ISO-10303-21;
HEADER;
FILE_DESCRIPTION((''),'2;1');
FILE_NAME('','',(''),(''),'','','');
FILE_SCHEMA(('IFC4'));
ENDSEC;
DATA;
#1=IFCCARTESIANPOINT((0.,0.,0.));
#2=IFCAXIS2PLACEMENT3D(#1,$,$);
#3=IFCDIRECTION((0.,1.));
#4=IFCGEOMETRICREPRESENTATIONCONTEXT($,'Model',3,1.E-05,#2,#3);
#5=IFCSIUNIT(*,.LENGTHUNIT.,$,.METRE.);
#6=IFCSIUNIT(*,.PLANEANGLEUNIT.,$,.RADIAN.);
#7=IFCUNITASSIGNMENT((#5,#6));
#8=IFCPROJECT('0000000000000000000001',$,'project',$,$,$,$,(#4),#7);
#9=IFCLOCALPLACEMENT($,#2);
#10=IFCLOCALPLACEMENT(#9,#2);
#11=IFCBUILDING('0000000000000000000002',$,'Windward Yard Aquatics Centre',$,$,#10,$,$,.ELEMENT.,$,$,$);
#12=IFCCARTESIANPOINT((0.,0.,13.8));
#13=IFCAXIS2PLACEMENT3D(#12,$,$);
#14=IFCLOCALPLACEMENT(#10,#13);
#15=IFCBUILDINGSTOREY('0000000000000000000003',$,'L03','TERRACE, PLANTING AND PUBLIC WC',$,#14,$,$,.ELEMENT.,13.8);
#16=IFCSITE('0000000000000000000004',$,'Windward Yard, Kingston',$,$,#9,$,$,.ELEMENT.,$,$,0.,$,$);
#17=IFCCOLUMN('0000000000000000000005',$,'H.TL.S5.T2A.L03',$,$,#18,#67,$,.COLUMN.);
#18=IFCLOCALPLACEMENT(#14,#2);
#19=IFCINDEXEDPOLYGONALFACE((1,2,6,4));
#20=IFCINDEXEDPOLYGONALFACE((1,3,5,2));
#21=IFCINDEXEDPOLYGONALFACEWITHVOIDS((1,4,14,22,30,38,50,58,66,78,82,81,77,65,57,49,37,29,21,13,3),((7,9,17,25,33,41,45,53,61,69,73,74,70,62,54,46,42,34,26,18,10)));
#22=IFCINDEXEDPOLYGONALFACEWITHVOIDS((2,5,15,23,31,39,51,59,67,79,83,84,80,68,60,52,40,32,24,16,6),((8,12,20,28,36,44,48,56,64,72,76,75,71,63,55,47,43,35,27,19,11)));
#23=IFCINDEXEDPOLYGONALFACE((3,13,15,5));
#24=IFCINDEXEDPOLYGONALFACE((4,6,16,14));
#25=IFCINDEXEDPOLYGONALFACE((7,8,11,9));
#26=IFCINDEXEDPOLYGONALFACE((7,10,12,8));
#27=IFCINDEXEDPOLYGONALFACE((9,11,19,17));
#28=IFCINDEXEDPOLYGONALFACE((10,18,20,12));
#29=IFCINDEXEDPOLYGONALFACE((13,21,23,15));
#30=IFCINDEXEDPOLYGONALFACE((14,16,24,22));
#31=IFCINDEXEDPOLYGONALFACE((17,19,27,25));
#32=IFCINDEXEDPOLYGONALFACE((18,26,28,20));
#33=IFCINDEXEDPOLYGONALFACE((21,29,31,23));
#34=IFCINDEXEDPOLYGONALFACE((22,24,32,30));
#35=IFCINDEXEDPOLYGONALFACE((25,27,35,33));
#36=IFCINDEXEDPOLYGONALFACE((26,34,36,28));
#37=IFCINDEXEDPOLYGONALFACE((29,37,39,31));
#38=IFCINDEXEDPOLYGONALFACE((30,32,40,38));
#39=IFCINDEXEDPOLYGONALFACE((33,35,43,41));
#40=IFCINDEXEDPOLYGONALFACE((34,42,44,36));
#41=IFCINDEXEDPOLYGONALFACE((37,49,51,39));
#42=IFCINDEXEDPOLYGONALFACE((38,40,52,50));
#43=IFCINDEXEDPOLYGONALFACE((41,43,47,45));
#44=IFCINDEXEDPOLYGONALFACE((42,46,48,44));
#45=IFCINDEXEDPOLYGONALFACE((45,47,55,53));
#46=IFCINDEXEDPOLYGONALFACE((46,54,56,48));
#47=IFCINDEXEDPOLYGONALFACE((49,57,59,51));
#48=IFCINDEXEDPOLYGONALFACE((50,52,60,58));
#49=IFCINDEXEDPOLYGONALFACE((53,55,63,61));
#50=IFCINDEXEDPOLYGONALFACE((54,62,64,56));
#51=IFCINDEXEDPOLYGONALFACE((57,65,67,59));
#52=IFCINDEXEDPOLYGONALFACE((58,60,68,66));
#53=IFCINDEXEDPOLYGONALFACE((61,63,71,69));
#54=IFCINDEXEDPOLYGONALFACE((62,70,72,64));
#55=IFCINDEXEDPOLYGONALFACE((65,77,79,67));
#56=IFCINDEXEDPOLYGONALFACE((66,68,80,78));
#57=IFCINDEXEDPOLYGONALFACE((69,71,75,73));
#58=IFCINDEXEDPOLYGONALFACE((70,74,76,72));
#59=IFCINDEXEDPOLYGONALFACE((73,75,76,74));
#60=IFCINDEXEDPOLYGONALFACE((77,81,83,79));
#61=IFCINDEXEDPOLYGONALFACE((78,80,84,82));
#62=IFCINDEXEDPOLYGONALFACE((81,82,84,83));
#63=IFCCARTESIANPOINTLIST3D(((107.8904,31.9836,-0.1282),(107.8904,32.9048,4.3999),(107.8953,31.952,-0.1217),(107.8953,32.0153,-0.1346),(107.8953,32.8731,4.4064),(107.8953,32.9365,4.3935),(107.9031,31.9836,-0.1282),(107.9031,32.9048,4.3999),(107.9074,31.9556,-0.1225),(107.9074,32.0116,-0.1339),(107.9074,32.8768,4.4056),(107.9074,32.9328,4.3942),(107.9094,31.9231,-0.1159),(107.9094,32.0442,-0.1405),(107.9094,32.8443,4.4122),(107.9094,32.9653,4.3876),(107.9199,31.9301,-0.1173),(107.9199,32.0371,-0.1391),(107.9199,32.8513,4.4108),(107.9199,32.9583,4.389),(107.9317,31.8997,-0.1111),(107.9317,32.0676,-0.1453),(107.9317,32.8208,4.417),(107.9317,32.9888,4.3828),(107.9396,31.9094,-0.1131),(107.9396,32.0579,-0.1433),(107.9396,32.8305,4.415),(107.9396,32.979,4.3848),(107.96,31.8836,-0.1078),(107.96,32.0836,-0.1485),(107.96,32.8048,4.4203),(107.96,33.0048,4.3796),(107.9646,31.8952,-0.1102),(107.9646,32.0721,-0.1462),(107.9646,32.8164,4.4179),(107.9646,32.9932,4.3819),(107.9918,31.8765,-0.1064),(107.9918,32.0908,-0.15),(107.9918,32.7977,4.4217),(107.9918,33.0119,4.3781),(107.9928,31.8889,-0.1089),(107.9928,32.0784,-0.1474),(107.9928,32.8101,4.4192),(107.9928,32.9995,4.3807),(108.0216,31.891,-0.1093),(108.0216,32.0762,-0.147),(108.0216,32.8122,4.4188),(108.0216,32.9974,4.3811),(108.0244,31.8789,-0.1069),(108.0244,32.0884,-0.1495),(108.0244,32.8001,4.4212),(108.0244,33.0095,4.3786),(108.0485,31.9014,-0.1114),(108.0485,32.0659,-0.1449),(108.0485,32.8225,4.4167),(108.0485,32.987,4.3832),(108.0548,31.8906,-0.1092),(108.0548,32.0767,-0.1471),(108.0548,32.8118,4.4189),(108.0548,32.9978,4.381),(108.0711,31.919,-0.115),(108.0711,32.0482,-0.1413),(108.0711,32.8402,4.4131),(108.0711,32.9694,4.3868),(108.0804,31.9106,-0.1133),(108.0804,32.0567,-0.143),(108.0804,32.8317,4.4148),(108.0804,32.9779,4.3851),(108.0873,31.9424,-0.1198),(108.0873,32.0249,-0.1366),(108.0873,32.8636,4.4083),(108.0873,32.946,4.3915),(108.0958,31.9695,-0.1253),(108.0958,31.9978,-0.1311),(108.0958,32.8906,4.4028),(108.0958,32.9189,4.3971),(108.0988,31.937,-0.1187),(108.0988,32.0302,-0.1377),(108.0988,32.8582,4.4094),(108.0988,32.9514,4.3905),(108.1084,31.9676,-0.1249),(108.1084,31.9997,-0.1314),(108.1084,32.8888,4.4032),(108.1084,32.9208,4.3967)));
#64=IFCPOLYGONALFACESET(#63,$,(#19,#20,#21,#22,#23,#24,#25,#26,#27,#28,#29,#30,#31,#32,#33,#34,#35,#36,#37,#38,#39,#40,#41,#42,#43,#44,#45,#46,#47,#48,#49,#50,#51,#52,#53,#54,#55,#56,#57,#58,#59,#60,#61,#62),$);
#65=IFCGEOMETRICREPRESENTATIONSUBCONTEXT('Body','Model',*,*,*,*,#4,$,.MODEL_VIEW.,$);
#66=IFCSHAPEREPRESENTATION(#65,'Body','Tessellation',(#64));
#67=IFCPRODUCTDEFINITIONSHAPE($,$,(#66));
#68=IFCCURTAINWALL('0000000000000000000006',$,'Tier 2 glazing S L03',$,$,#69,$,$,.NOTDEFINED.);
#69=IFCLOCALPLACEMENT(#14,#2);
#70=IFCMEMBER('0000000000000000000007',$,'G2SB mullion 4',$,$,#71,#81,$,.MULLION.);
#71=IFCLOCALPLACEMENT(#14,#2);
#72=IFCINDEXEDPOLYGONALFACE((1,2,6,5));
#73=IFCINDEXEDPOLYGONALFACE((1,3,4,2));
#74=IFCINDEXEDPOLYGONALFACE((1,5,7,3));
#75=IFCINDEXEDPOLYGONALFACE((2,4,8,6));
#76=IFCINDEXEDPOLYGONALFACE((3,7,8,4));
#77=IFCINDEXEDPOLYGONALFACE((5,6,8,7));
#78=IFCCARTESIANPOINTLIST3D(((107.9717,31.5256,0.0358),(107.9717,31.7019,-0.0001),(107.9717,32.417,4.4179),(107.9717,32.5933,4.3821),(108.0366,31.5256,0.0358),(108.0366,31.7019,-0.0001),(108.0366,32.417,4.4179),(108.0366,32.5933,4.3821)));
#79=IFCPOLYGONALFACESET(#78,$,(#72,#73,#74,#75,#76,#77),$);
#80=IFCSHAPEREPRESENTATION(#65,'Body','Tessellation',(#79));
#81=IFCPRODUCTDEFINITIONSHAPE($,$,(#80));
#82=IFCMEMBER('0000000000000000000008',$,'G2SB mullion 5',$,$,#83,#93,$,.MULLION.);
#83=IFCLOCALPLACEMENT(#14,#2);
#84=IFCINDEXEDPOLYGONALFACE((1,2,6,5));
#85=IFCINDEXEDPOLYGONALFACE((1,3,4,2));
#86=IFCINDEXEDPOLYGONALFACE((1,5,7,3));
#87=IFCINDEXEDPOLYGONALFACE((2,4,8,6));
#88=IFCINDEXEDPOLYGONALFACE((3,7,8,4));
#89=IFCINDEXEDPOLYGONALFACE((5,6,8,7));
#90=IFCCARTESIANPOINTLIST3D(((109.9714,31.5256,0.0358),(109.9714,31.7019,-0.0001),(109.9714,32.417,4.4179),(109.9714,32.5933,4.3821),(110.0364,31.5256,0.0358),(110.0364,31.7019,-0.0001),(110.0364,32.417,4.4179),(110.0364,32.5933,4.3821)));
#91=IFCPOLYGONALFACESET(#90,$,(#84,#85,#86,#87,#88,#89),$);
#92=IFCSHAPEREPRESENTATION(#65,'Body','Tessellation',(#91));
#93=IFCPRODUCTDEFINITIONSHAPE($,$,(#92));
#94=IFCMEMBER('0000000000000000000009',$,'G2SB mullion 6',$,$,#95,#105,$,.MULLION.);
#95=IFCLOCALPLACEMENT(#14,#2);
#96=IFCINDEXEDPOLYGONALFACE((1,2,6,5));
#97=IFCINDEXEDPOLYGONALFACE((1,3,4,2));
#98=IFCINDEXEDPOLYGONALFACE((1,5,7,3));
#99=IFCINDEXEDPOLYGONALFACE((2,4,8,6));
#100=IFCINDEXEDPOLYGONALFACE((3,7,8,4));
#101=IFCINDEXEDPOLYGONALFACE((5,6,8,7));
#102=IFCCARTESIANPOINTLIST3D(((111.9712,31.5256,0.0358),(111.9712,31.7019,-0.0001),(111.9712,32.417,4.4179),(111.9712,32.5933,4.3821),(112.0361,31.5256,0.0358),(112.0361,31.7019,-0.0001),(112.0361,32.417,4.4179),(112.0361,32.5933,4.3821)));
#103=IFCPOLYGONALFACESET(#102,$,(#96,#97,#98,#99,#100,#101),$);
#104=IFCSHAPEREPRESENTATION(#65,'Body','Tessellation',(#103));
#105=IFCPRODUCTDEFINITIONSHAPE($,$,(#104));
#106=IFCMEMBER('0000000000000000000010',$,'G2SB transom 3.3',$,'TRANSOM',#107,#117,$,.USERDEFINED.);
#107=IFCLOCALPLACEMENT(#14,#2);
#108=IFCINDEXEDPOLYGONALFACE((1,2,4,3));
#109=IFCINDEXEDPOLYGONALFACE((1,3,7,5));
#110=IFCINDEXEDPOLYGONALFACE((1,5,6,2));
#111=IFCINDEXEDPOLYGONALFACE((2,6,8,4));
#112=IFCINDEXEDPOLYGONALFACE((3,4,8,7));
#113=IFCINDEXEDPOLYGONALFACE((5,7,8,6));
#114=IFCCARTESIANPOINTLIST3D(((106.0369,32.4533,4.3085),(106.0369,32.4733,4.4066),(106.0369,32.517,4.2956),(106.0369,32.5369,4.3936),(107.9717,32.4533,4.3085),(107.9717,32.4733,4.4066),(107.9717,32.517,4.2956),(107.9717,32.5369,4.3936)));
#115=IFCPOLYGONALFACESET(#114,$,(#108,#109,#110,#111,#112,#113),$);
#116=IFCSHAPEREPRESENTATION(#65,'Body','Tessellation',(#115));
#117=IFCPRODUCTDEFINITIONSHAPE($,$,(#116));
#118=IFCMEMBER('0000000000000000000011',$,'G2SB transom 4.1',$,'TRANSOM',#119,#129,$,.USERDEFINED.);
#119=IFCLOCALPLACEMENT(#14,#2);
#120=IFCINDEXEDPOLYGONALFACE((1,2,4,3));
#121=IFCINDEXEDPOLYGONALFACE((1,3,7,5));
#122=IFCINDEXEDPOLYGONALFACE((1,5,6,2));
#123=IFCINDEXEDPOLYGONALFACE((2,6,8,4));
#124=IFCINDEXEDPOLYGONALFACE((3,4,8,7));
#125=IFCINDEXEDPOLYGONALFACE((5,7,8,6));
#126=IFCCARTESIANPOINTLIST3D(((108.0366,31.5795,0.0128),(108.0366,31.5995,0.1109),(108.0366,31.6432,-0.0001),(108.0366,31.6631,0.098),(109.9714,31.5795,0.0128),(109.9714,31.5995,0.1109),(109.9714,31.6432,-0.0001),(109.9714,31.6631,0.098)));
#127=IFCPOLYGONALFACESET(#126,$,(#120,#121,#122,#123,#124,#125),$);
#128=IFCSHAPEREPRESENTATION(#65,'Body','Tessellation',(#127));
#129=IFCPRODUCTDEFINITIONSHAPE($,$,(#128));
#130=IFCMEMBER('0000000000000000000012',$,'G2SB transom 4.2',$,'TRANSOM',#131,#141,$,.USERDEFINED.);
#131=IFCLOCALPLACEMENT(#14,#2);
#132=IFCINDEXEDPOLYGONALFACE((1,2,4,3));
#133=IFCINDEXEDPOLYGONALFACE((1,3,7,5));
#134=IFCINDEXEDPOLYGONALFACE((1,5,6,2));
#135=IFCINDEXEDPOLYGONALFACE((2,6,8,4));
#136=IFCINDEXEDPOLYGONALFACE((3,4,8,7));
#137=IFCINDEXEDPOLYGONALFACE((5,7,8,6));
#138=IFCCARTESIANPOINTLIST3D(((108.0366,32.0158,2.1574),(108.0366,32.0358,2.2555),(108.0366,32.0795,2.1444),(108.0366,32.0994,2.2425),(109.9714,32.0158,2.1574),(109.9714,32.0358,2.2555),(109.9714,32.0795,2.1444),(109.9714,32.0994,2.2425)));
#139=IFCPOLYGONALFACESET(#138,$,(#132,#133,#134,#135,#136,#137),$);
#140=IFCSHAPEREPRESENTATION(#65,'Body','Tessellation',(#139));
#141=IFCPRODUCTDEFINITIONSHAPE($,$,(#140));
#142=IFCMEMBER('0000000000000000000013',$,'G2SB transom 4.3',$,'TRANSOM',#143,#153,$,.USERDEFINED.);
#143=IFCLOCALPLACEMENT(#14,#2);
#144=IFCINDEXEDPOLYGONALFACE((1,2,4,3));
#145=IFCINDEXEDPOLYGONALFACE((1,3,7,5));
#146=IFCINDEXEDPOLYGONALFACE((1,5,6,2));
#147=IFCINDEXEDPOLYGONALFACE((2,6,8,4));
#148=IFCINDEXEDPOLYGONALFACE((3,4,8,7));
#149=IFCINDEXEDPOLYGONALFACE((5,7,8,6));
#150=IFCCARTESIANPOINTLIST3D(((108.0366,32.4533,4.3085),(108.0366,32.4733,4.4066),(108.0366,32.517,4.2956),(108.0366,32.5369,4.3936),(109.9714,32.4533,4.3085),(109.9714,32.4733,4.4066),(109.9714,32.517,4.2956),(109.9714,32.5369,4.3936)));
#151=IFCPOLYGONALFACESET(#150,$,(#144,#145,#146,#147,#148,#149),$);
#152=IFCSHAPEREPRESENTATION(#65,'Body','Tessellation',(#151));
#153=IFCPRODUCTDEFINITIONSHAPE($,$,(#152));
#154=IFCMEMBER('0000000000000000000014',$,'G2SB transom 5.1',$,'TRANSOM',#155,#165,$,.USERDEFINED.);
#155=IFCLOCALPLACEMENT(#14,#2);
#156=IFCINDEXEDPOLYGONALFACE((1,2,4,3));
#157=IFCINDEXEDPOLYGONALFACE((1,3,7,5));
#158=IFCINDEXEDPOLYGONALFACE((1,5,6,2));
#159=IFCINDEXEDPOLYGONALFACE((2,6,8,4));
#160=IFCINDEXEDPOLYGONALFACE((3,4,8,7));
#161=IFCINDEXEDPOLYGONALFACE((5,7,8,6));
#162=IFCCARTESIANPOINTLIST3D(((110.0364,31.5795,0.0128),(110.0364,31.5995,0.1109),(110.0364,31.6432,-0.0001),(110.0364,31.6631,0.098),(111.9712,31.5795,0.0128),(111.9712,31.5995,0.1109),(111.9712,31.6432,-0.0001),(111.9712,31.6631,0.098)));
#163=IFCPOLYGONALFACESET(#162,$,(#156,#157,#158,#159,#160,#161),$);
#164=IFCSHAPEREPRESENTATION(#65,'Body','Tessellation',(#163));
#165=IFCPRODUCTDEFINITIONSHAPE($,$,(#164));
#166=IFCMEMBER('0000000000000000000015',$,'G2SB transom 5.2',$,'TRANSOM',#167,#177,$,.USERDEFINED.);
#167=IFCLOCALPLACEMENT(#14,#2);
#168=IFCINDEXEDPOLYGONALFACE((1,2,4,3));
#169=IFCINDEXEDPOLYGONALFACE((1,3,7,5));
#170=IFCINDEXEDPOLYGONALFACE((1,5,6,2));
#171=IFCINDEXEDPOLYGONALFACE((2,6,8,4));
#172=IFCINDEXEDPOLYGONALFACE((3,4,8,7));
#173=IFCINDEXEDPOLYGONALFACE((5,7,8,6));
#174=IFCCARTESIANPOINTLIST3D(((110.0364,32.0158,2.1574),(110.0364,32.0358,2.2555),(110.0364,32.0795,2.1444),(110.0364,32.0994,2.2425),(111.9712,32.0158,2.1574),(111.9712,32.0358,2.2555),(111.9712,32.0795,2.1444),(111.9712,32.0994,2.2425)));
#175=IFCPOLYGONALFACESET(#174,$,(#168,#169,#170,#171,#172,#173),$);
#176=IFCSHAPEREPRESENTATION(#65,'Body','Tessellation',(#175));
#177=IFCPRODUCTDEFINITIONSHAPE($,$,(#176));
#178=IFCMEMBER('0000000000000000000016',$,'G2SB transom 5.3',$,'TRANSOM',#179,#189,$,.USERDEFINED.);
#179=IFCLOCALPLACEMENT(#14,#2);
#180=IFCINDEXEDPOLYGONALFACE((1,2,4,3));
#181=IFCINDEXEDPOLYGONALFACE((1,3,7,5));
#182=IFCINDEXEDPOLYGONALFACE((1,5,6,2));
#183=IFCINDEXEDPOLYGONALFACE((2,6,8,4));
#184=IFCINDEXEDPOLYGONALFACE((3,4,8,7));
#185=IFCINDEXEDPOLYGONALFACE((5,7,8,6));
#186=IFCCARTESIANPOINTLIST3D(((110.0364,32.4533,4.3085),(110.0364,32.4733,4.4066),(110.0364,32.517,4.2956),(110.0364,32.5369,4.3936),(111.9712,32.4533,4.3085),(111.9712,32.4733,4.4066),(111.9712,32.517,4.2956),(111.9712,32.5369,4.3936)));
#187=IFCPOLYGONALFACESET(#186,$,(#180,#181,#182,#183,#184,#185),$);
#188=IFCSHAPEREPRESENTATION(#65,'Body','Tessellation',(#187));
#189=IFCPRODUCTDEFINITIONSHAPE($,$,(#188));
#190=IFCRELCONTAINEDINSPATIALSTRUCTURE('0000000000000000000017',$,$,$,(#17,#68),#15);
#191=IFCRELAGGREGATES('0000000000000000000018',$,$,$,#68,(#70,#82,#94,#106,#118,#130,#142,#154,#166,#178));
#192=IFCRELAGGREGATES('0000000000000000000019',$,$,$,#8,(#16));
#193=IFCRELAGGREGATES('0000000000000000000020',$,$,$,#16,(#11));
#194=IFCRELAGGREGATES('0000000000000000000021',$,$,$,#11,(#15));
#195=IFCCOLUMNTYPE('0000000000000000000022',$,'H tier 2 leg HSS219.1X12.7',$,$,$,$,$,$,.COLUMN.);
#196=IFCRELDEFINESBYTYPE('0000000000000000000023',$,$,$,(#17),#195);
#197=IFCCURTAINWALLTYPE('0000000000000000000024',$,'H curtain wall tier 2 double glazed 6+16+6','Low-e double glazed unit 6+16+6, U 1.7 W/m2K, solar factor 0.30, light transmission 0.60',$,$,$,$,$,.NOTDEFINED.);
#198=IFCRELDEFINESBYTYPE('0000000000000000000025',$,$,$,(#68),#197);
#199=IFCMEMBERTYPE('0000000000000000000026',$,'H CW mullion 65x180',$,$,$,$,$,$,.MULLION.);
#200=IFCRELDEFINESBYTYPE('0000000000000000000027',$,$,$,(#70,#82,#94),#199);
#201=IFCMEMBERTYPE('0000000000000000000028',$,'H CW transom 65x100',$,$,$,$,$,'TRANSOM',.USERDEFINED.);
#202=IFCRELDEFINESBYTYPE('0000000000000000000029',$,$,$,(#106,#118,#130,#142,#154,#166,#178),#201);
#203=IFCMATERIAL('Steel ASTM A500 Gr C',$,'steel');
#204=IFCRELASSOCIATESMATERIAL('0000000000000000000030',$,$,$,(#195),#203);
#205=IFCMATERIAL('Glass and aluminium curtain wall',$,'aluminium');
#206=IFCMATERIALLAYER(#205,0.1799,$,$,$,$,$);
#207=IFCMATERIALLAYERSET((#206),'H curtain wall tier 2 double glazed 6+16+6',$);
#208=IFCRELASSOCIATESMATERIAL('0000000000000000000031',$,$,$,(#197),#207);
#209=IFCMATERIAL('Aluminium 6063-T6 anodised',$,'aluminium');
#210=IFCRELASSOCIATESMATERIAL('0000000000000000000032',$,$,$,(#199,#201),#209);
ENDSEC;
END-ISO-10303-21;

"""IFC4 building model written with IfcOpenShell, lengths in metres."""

from ifc_helpers import new_model, si_unit, direction, frame, origin, origin_2d, place, context, subcontext, project, spatial, rectangle, hollow_circle, extrude, material, layer, layer_set, material_profile, profile_set, type_object, element, aggregate, save


model = new_model("IFC4")

# Units and contexts
model_context = context("Model", 3, precision=1e-05, world=origin(), true_north=direction((0.0, 1.0)))
body_context = subcontext(model_context, "Body", "Model", "MODEL_VIEW")
ifc_project = project(units=[si_unit("LENGTHUNIT", "METRE"), si_unit("PLANEANGLEUNIT", "RADIAN")], contexts=[model_context])

# Site, building, storey
site_placement = place(None, origin())
site = spatial("IfcSite", under=ifc_project, at=site_placement, Name="Windward Yard, Kingston", CompositionType="ELEMENT", RefElevation=0.0)
building_placement = place(site_placement, origin())
building = spatial("IfcBuilding", under=site, at=building_placement, Name="Windward Yard Aquatics Centre", CompositionType="ELEMENT")
storey_placement = place(building_placement, frame((0.0, 0.0, 13.8)))
storey = spatial("IfcBuildingStorey", under=building, at=storey_placement, Name="L03", Description="TERRACE, PLANTING AND PUBLIC WC", CompositionType="ELEMENT", Elevation=13.8)

# Column
ifc_material_1 = material(Name="Steel ASTM A500 Gr C", Category="steel")
ifc_material_profile_1 = material_profile(ifc_material_1, hollow_circle(Radius=0.1096, WallThickness=0.0127, at=origin_2d()), Name="HSS219.1X12.7")
ifc_profile_set_1 = profile_set([ifc_material_profile_1], Name="Steel ASTM A500 Gr C")
column_type = type_object("IfcColumnType", Name="H tier 2 leg HSS219.1X12.7", PredefinedType="COLUMN", material=ifc_profile_set_1)
column_placement = place(storey_placement, frame((108.0, 31.9836, -0.1282), z_axis=(0.0, 0.199346, 0.979929), x_axis=(-1.0, 0.0, 0.0)))
element("IfcColumn", 1, at=column_placement, inside=storey, type_object=column_type, Name="H.TL.S5.T2A.L03", PredefinedType="COLUMN", context=body_context, shape_type="SweptSolid", body=[
    extrude(hollow_circle(Radius=0.1096, WallThickness=0.0127, at=origin_2d()), origin(), (0.0, 0.0, 1.0), 4.6208),
])

# Curtain wall, members
ifc_material_2 = material(Name="Glass and aluminium curtain wall", Category="aluminium")
ifc_layer_1 = layer(ifc_material_2, 0.1799)
ifc_layer_set_1 = layer_set([ifc_layer_1], Name="H curtain wall tier 2 double glazed 6+16+6")
curtain_wall_type = type_object("IfcCurtainWallType", Name="H curtain wall tier 2 double glazed 6+16+6", Description="Low-e double glazed unit 6+16+6, U 1.7 W/m2K, solar factor 0.30, light transmission 0.60", PredefinedType="NOTDEFINED", material=ifc_layer_set_1)
curtain_wall_placement = place(storey_placement, origin())
curtain_wall = element("IfcCurtainWall", 2, at=curtain_wall_placement, inside=storey, type_object=curtain_wall_type, Name="Tier 2 glazing S L03", PredefinedType="NOTDEFINED")
ifc_material_3 = material(Name="Aluminium 6063-T6 anodised", Category="aluminium")
ifc_material_profile_2 = material_profile(ifc_material_3, rectangle(XDim=0.0649, YDim=0.1799, at=origin_2d()), Name="H CW mullion 65x180")
ifc_profile_set_2 = profile_set([ifc_material_profile_2], Name="Aluminium 6063-T6 anodised")
member_type_1 = type_object("IfcMemberType", Name="H CW mullion 65x180", PredefinedType="MULLION", material=ifc_profile_set_2)
member_1_placement = place(storey_placement, frame((108.0042, 31.6138, 0.0178), z_axis=(0.0, 0.199328, 0.979933), x_axis=(-1.0, 0.0, 0.0)))
member_1 = element("IfcMember", 3, at=member_1_placement, type_object=member_type_1, Name="G2SB mullion 4", PredefinedType="MULLION", context=body_context, shape_type="SweptSolid", body=[
    extrude(rectangle(XDim=0.0649, YDim=0.1799, at=origin_2d()), origin(), (0.0, 0.0, 1.0), 4.4719),
])
member_2_placement = place(storey_placement, frame((110.0039, 31.6138, 0.0178), z_axis=(0.0, 0.199328, 0.979933), x_axis=(-1.0, 0.0, 0.0)))
member_2 = element("IfcMember", 4, at=member_2_placement, type_object=member_type_1, Name="G2SB mullion 5", PredefinedType="MULLION", context=body_context, shape_type="SweptSolid", body=[
    extrude(rectangle(XDim=0.0649, YDim=0.1799, at=origin_2d()), origin(), (0.0, 0.0, 1.0), 4.4719),
])
member_3_placement = place(storey_placement, frame((112.0037, 31.6138, 0.0178), z_axis=(0.0, 0.199328, 0.979933), x_axis=(-1.0, 0.0, 0.0)))
member_3 = element("IfcMember", 5, at=member_3_placement, type_object=member_type_1, Name="G2SB mullion 6", PredefinedType="MULLION", context=body_context, shape_type="SweptSolid", body=[
    extrude(rectangle(XDim=0.0649, YDim=0.1799, at=origin_2d()), origin(), (0.0, 0.0, 1.0), 4.4719),
])
ifc_material_profile_3 = material_profile(ifc_material_3, rectangle(XDim=0.0649, YDim=0.1001, at=origin_2d()), Name="H CW transom 65x100")
ifc_profile_set_3 = profile_set([ifc_material_profile_3], Name="Aluminium 6063-T6 anodised")
member_type_2 = type_object("IfcMemberType", Name="H CW transom 65x100", ElementType="TRANSOM", PredefinedType="USERDEFINED", material=ifc_profile_set_3)
member_4_placement = place(storey_placement, frame((106.0369, 32.4951, 4.3511), z_axis=(1.0, 0.0, 0.0), x_axis=(0.0, -0.979925, 0.199368)))
member_4 = element("IfcMember", 6, at=member_4_placement, type_object=member_type_2, Name="G2SB transom 3.3", ObjectType="TRANSOM", PredefinedType="USERDEFINED", context=body_context, shape_type="SweptSolid", body=[
    extrude(rectangle(XDim=0.0649, YDim=0.1001, at=origin_2d()), origin(), (0.0, 0.0, 1.0), 1.9348),
])
member_5_placement = place(storey_placement, frame((108.0366, 31.6213, 0.0554), z_axis=(1.0, 0.0, 0.0), x_axis=(0.0, -0.979925, 0.199368)))
member_5 = element("IfcMember", 7, at=member_5_placement, type_object=member_type_2, Name="G2SB transom 4.1", ObjectType="TRANSOM", PredefinedType="USERDEFINED", context=body_context, shape_type="SweptSolid", body=[
    extrude(rectangle(XDim=0.0649, YDim=0.1001, at=origin_2d()), origin(), (0.0, 0.0, 1.0), 1.9348),
])
member_6_placement = place(storey_placement, frame((108.0366, 32.0576, 2.2), z_axis=(1.0, 0.0, 0.0), x_axis=(0.0, -0.979925, 0.199368)))
member_6 = element("IfcMember", 8, at=member_6_placement, type_object=member_type_2, Name="G2SB transom 4.2", ObjectType="TRANSOM", PredefinedType="USERDEFINED", context=body_context, shape_type="SweptSolid", body=[
    extrude(rectangle(XDim=0.0649, YDim=0.1001, at=origin_2d()), origin(), (0.0, 0.0, 1.0), 1.9348),
])
member_7_placement = place(storey_placement, frame((108.0366, 32.4951, 4.3511), z_axis=(1.0, 0.0, 0.0), x_axis=(0.0, -0.979925, 0.199368)))
member_7 = element("IfcMember", 9, at=member_7_placement, type_object=member_type_2, Name="G2SB transom 4.3", ObjectType="TRANSOM", PredefinedType="USERDEFINED", context=body_context, shape_type="SweptSolid", body=[
    extrude(rectangle(XDim=0.0649, YDim=0.1001, at=origin_2d()), origin(), (0.0, 0.0, 1.0), 1.9348),
])
member_8_placement = place(storey_placement, frame((110.0364, 31.6213, 0.0554), z_axis=(1.0, 0.0, 0.0), x_axis=(0.0, -0.979925, 0.199368)))
member_8 = element("IfcMember", 10, at=member_8_placement, type_object=member_type_2, Name="G2SB transom 5.1", ObjectType="TRANSOM", PredefinedType="USERDEFINED", context=body_context, shape_type="SweptSolid", body=[
    extrude(rectangle(XDim=0.0649, YDim=0.1001, at=origin_2d()), origin(), (0.0, 0.0, 1.0), 1.9348),
])
member_9_placement = place(storey_placement, frame((110.0364, 32.0576, 2.2), z_axis=(1.0, 0.0, 0.0), x_axis=(0.0, -0.979925, 0.199368)))
member_9 = element("IfcMember", 11, at=member_9_placement, type_object=member_type_2, Name="G2SB transom 5.2", ObjectType="TRANSOM", PredefinedType="USERDEFINED", context=body_context, shape_type="SweptSolid", body=[
    extrude(rectangle(XDim=0.0649, YDim=0.1001, at=origin_2d()), origin(), (0.0, 0.0, 1.0), 1.9348),
])
member_10_placement = place(storey_placement, frame((110.0364, 32.4951, 4.3511), z_axis=(1.0, 0.0, 0.0), x_axis=(0.0, -0.979925, 0.199368)))
member_10 = element("IfcMember", 12, at=member_10_placement, type_object=member_type_2, Name="G2SB transom 5.3", ObjectType="TRANSOM", PredefinedType="USERDEFINED", context=body_context, shape_type="SweptSolid", body=[
    extrude(rectangle(XDim=0.0649, YDim=0.1001, at=origin_2d()), origin(), (0.0, 0.0, 1.0), 1.9348),
])

aggregate(curtain_wall, [member_1, member_2, member_3, member_4, member_5, member_6, member_7, member_8, member_9, member_10])

save(model, "model.ifc")
